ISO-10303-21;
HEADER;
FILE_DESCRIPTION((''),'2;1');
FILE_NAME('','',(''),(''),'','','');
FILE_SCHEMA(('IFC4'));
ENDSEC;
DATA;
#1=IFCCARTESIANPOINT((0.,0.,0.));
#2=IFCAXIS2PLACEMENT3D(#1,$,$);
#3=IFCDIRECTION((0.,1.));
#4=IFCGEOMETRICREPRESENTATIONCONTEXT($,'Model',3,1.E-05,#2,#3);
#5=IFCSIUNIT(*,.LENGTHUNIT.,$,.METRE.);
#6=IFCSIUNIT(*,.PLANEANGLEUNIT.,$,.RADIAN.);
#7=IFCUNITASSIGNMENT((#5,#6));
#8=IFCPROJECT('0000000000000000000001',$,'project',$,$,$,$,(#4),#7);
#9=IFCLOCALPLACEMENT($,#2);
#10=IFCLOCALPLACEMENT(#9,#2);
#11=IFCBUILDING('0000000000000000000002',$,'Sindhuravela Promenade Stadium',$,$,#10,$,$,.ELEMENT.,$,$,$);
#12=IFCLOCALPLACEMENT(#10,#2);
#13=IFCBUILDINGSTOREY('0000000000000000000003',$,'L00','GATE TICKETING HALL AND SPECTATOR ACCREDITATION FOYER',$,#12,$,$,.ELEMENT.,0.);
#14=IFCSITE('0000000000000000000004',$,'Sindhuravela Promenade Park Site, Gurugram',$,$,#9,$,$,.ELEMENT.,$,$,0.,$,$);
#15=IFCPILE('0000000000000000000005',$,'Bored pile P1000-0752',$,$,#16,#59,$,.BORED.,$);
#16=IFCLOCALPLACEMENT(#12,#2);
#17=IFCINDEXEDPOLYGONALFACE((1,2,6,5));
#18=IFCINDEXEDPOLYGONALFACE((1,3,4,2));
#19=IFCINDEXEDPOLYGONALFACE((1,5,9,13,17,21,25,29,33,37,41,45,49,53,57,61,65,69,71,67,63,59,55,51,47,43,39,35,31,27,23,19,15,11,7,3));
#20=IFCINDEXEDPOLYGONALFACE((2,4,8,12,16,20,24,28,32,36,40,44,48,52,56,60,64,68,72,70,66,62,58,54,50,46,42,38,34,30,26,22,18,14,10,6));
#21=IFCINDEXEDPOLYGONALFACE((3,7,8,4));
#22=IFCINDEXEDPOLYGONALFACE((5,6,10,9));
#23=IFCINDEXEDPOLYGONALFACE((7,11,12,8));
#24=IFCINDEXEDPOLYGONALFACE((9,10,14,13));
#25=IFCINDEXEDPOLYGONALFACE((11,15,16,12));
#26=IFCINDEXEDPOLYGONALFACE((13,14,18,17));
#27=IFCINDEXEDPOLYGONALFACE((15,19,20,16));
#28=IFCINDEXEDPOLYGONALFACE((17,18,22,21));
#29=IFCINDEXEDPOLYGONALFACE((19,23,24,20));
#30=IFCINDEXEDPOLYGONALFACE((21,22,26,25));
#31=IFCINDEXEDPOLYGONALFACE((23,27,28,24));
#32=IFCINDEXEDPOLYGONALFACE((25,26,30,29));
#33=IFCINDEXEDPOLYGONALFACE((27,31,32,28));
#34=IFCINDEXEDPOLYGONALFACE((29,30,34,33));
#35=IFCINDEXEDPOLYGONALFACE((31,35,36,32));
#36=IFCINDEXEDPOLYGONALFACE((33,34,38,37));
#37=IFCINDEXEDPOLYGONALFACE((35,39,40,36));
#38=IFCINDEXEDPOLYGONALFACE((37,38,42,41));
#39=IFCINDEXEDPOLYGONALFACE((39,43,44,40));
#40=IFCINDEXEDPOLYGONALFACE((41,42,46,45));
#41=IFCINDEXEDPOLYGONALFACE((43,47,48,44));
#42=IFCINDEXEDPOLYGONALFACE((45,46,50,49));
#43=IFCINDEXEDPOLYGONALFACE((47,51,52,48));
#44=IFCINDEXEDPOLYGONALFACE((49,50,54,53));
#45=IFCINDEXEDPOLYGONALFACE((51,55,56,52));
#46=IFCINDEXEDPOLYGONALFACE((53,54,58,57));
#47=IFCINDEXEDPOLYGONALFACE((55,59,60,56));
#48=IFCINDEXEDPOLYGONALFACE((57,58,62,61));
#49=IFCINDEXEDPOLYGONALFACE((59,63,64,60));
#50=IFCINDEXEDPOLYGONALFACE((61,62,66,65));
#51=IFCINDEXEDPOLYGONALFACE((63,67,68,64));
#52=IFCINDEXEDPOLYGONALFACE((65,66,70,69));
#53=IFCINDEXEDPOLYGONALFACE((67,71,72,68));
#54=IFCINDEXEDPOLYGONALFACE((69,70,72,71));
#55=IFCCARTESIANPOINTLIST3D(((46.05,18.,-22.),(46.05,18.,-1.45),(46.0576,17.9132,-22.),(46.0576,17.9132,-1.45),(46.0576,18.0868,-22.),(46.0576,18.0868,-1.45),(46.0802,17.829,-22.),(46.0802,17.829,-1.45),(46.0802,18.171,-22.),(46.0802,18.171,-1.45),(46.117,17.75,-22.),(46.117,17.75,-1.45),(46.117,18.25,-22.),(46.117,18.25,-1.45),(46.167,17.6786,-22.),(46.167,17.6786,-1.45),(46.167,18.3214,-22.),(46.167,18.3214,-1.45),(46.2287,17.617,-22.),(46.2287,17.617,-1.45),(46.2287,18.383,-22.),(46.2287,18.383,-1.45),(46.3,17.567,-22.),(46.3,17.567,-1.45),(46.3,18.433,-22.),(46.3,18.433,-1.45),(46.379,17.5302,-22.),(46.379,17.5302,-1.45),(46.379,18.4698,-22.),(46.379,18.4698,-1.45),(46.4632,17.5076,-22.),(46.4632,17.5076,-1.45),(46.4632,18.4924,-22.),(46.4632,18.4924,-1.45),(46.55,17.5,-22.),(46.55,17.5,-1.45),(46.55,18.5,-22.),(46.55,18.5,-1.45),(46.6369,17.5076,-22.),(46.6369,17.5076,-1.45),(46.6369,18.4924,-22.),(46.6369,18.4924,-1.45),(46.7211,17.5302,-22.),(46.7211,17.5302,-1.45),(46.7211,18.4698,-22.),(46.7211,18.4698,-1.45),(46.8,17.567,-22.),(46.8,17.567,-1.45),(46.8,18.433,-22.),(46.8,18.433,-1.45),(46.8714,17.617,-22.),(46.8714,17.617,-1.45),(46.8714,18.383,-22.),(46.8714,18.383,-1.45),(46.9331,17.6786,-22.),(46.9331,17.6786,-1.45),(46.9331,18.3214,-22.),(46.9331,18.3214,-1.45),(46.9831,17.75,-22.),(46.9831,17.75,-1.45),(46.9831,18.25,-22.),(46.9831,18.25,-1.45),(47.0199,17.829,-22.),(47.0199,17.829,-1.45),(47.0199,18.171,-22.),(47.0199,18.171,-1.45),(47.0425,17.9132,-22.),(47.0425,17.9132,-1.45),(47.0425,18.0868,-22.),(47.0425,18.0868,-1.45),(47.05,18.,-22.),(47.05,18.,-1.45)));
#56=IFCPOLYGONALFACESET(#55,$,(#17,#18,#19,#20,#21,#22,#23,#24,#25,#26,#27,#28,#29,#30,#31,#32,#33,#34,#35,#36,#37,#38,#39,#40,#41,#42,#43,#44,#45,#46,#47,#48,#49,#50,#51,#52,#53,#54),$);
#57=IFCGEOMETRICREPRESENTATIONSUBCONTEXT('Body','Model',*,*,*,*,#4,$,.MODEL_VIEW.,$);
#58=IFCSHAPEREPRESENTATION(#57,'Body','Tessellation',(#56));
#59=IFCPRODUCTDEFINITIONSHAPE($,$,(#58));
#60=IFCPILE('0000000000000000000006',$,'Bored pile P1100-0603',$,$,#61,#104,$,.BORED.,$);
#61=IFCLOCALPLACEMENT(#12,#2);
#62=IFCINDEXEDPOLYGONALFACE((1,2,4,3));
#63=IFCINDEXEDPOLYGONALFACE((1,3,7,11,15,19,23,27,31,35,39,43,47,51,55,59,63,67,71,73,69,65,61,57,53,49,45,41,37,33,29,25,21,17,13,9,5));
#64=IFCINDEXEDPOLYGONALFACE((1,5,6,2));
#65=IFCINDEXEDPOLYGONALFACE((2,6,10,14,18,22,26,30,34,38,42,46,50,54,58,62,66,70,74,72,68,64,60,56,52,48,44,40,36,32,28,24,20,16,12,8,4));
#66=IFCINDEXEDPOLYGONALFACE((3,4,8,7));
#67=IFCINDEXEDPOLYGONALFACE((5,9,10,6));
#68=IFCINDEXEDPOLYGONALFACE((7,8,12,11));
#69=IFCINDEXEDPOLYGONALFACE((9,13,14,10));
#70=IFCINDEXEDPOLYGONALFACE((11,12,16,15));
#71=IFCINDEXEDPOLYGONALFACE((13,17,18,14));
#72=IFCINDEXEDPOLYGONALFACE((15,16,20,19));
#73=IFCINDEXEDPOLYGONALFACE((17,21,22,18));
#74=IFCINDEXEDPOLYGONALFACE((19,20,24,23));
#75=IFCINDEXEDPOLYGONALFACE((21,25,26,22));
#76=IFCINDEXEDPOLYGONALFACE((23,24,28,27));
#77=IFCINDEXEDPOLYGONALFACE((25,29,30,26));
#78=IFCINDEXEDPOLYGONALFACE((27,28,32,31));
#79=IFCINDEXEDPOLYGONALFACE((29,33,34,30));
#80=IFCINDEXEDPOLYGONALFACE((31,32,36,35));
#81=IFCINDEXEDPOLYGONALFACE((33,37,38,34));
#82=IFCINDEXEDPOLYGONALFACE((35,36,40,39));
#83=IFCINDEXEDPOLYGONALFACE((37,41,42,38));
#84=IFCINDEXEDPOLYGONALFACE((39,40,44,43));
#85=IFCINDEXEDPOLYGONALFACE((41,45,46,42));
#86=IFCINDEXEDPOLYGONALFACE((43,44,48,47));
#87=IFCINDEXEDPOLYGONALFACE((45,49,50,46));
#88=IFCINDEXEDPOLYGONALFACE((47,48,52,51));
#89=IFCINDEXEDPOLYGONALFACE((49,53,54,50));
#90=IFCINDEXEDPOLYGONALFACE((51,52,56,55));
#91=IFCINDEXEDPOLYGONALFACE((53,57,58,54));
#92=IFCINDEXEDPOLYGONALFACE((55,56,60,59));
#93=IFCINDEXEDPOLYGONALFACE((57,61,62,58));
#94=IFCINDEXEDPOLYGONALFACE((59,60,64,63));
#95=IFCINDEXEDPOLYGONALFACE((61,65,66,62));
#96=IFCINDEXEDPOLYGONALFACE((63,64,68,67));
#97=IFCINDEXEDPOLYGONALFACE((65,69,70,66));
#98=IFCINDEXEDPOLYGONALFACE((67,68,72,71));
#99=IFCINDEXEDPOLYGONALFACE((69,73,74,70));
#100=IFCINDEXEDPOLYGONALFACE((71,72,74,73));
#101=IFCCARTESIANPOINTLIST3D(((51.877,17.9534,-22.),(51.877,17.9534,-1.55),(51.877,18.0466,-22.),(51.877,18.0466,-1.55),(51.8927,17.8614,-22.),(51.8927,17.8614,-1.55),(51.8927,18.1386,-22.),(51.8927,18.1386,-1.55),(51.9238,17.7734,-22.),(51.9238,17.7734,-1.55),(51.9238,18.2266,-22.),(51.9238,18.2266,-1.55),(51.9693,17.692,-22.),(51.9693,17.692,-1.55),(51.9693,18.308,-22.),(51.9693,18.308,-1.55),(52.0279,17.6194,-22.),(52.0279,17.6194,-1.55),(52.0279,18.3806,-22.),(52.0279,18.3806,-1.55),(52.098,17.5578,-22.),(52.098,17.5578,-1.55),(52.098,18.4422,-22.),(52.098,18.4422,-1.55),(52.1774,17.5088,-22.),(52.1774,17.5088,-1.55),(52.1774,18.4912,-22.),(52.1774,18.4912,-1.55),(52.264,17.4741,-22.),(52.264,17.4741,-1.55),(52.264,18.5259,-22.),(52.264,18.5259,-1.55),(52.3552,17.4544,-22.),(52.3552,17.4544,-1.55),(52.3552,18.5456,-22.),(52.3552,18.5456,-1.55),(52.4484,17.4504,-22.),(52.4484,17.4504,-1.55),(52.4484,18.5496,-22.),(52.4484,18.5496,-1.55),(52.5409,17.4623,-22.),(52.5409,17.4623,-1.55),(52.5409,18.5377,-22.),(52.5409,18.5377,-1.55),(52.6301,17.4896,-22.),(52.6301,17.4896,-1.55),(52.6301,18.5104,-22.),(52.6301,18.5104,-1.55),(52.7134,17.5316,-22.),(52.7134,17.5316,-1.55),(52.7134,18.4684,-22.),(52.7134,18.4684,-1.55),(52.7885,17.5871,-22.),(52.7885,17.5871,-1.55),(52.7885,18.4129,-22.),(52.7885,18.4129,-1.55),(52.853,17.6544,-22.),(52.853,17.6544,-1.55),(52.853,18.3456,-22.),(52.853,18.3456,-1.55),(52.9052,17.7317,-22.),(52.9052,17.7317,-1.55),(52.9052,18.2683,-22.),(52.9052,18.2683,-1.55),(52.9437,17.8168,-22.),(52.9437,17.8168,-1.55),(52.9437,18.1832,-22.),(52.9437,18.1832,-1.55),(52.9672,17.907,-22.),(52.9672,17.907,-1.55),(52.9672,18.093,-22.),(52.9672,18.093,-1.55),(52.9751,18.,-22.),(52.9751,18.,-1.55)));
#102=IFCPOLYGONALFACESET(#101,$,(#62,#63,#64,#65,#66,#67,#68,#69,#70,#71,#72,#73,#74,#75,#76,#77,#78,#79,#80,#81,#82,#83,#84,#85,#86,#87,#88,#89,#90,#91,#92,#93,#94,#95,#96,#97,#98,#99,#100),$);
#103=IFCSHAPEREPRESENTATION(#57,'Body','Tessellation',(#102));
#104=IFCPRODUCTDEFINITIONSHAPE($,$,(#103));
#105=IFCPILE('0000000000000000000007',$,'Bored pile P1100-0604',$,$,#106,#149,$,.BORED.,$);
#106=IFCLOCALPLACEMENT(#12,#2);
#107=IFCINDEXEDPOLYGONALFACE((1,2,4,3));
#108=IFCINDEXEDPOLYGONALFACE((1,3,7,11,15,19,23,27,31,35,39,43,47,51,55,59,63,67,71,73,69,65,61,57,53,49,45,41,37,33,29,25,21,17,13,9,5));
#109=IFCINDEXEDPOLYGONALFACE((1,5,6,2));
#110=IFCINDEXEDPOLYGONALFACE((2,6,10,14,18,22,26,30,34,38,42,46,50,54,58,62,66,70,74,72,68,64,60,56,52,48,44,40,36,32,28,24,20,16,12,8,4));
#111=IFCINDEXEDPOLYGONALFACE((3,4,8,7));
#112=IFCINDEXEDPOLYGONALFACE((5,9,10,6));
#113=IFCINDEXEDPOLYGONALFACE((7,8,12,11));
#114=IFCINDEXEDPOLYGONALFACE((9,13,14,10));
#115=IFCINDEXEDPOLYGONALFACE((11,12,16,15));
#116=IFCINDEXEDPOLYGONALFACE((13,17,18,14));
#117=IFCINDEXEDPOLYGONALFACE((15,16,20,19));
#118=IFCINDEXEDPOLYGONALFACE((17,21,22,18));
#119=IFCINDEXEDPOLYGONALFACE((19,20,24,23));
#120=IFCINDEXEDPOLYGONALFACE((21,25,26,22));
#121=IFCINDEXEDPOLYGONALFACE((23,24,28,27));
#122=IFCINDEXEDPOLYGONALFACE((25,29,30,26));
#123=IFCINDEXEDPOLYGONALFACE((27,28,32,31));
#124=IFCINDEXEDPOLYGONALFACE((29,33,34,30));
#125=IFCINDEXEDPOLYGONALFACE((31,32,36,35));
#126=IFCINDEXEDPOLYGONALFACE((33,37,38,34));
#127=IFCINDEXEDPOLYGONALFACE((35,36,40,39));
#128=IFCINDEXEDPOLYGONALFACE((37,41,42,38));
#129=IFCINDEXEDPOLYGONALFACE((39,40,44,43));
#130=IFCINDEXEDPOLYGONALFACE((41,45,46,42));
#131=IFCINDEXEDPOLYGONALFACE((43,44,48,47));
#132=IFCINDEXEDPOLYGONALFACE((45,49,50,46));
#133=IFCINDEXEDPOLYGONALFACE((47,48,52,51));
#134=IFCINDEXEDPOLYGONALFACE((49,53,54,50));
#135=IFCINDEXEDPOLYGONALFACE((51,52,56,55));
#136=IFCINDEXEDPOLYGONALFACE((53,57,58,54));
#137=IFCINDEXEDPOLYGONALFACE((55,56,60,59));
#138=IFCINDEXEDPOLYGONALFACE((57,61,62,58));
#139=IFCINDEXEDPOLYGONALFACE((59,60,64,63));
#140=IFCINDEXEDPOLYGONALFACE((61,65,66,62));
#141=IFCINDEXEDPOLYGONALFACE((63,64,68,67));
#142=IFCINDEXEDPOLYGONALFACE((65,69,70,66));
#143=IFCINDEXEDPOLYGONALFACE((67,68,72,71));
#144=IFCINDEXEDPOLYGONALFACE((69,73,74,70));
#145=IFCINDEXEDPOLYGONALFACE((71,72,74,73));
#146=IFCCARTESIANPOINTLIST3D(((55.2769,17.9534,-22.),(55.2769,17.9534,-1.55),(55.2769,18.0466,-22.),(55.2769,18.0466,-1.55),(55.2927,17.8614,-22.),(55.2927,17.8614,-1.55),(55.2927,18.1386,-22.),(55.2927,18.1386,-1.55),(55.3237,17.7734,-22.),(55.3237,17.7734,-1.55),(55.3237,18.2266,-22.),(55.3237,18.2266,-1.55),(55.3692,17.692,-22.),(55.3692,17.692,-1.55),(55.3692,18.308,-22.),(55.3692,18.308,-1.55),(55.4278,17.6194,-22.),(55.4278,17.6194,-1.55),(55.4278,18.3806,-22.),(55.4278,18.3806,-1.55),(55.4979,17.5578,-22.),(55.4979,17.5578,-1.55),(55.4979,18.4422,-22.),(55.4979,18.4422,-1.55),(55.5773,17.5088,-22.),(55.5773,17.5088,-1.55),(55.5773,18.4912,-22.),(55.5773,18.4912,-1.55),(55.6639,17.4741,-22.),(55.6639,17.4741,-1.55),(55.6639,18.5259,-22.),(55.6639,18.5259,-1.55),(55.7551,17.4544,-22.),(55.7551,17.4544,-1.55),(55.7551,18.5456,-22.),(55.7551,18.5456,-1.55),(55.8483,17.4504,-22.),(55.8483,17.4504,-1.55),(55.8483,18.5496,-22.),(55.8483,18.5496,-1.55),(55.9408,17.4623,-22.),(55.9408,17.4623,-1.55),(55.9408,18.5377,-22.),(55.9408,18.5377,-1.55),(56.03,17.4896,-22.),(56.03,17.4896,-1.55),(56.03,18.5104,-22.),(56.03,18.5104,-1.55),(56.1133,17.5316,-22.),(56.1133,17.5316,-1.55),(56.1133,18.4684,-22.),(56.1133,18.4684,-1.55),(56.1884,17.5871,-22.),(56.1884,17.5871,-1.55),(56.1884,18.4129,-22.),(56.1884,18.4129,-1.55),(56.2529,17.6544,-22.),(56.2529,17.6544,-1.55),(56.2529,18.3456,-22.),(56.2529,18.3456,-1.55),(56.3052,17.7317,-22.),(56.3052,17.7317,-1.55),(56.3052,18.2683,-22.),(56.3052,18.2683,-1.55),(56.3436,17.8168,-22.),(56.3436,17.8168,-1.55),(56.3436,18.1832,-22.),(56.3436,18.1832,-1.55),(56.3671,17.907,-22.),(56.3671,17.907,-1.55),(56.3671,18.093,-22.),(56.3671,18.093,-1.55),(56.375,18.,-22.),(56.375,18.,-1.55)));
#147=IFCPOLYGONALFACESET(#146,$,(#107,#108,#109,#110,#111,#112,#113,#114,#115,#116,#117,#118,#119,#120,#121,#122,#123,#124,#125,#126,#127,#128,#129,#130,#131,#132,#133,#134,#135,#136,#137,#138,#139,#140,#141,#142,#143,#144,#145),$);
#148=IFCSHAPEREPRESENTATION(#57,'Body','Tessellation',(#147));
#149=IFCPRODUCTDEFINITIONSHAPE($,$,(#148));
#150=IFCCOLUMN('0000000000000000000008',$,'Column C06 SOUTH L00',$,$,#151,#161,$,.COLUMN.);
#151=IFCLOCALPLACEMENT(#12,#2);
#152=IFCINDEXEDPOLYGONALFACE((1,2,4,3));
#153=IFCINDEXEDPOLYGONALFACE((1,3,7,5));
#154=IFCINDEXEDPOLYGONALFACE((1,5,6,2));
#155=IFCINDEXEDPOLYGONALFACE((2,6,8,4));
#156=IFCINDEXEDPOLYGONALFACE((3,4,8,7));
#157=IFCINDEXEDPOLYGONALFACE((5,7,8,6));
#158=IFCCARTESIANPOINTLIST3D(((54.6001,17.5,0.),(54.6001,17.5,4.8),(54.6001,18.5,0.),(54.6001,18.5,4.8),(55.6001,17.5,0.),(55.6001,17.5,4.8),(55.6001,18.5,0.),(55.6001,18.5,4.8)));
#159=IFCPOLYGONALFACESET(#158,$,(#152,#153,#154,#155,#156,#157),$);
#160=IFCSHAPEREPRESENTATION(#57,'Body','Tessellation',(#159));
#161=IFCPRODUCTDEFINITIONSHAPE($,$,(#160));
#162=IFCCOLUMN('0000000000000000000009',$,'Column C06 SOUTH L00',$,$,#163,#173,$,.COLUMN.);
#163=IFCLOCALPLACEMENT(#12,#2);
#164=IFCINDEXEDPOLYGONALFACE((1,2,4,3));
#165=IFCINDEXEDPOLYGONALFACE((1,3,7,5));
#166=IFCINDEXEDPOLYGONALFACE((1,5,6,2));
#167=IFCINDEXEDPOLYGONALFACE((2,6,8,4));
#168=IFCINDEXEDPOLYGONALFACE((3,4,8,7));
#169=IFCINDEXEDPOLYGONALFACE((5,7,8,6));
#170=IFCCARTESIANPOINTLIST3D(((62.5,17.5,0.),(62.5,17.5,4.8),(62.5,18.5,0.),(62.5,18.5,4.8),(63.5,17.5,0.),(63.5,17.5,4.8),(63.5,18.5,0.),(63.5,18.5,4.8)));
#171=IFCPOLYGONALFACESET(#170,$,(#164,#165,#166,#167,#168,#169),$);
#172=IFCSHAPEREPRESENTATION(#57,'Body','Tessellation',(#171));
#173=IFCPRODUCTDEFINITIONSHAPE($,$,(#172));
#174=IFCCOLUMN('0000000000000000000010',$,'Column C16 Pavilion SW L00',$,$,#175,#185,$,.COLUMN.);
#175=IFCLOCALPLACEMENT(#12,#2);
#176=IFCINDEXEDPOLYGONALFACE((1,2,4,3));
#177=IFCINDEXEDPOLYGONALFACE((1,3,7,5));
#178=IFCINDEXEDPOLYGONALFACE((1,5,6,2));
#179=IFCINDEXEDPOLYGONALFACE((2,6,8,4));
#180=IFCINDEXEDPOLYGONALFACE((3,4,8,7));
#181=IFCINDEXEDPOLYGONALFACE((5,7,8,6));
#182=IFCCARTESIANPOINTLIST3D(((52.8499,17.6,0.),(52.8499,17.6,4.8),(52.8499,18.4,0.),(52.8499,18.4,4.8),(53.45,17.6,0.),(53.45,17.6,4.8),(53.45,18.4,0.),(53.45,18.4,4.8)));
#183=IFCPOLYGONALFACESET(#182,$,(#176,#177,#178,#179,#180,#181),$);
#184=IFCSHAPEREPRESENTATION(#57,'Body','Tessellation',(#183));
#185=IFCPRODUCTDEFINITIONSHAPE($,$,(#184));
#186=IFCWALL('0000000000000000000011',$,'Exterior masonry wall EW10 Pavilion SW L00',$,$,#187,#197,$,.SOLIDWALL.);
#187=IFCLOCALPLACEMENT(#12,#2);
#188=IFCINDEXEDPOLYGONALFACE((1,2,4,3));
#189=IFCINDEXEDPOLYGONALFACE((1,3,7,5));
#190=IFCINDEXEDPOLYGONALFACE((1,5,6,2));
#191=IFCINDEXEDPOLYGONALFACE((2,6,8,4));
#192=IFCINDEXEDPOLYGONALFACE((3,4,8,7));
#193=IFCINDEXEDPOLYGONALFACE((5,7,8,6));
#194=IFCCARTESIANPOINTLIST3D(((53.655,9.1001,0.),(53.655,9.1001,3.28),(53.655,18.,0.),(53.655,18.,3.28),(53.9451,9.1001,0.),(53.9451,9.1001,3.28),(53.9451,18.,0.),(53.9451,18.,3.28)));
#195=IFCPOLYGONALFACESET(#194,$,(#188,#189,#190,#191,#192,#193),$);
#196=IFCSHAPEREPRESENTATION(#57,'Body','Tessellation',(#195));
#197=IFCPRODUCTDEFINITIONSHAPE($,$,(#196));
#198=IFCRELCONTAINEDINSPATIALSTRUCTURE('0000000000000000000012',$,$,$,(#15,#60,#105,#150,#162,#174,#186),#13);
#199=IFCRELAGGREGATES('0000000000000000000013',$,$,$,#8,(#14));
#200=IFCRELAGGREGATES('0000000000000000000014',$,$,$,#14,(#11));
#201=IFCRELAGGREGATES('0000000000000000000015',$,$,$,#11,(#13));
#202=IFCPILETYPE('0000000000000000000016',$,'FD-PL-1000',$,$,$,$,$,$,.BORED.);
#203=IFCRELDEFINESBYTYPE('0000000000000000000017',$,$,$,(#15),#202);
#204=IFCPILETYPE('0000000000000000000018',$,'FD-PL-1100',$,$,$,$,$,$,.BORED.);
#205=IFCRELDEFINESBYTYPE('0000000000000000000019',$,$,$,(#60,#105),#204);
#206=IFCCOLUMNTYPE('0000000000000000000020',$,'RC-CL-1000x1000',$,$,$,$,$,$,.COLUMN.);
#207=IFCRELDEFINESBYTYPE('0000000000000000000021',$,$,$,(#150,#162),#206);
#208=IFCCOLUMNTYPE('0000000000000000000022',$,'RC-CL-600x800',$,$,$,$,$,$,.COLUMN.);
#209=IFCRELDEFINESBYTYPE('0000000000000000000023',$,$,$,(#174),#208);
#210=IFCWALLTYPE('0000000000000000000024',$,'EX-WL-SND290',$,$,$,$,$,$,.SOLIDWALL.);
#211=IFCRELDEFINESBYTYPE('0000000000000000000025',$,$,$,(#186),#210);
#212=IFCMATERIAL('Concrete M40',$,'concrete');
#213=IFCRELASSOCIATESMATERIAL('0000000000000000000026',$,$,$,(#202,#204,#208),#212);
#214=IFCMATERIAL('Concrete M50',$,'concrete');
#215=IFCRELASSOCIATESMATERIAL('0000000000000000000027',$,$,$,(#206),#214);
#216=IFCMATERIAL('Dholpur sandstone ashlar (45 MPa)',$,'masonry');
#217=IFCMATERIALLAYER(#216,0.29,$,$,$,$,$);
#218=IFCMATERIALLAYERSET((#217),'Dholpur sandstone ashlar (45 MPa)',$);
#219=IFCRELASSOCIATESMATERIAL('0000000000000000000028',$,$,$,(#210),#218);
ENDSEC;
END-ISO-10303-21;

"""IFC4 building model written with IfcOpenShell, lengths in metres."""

from ifc_helpers import new_model, si_unit, direction, frame, frame_2d, origin, origin_2d, place, context, subcontext, project, spatial, rectangle, circle, extrude, material, layer, layer_set, material_profile, profile_set, type_object, element, save


model = new_model("IFC4")

# Units and contexts
model_context = context("Model", 3, precision=1e-05, world=origin(), true_north=direction((0.0, 1.0)))
body_context = subcontext(model_context, "Body", "Model", "MODEL_VIEW")
ifc_project = project(units=[si_unit("LENGTHUNIT", "METRE"), si_unit("PLANEANGLEUNIT", "RADIAN")], contexts=[model_context])

# Site, building, storey
site_placement = place(None, origin())
site = spatial("IfcSite", under=ifc_project, at=site_placement, Name="Sindhuravela Promenade Park Site, Gurugram", CompositionType="ELEMENT", RefElevation=0.0)
building_placement = place(site_placement, origin())
building = spatial("IfcBuilding", under=site, at=building_placement, Name="Sindhuravela Promenade Stadium", CompositionType="ELEMENT")
storey_placement = place(building_placement, origin())
storey = spatial("IfcBuildingStorey", under=building, at=storey_placement, Name="L00", Description="GATE TICKETING HALL AND SPECTATOR ACCREDITATION FOYER", CompositionType="ELEMENT", Elevation=0.0)

# Shared definitions
ifc_material_1 = material(Name="Concrete M50", Category="concrete")

# Piles
ifc_material_2 = material(Name="Concrete M40", Category="concrete")
ifc_material_profile_1 = material_profile(ifc_material_2, circle(Radius=0.5, at=origin_2d()), Name="BORED PILE D1000")
ifc_profile_set_1 = profile_set([ifc_material_profile_1], Name="Concrete M40")
pile_type_1 = type_object("IfcPileType", Name="FD-PL-1000", PredefinedType="BORED", material=ifc_profile_set_1)
pile_placement = place(storey_placement, frame((46.55, 18.0, -1.45), z_axis=(0.0, 0.0, -1.0), x_axis=(1.0, 0.0, 0.0)))
element("IfcPile", 1, at=pile_placement, inside=storey, type_object=pile_type_1, Name="Bored pile P1000-0752", PredefinedType="BORED", context=body_context, shape_type="SweptSolid", body=[
    extrude(circle(Radius=0.5, at=origin_2d()), origin(), (0.0, 0.0, 1.0), 20.55),
])
ifc_material_profile_2 = material_profile(ifc_material_2, circle(Radius=0.55, at=origin_2d()), Name="BORED PILE D1100")
ifc_profile_set_2 = profile_set([ifc_material_profile_2], Name="Concrete M40")
pile_type_2 = type_object("IfcPileType", Name="FD-PL-1100", PredefinedType="BORED", material=ifc_profile_set_2)
for number, where, z_axis, x_axis, name in (
    (2, (52.425, 18.0, -1.55), (0.0, 0.0, -1.0), (1.0, 0.0, 0.0), "Bored pile P1100-0603"),
    (3, (55.825, 18.0, -1.55), (0.0, 0.0, -1.0), (1.0, 0.0, 0.0), "Bored pile P1100-0604"),
):
    element("IfcPile", number, at=place(storey_placement, frame(where, z_axis=z_axis, x_axis=x_axis)), inside=storey, type_object=pile_type_2, Name=name, PredefinedType="BORED", context=body_context, shape_type="SweptSolid", body=[
        extrude(circle(Radius=0.55, at=origin_2d()), origin(), (0.0, 0.0, 1.0), 20.45),
    ])

# Columns
ifc_material_profile_3 = material_profile(ifc_material_1, rectangle(XDim=1.0, YDim=1.0, at=origin_2d()), Name="RC 1000x1000")
ifc_profile_set_3 = profile_set([ifc_material_profile_3], Name="Concrete M50")
column_type_1 = type_object("IfcColumnType", Name="RC-CL-1000x1000", PredefinedType="COLUMN", material=ifc_profile_set_3)
for number, where, z_axis, x_axis, name in (
    (4, (55.1001, 18.0, 0.0), (0.0, 0.0, 1.0), (1.0, 0.0, 0.0), "Column C06 SOUTH L00"),
    (5, (63.0, 18.0, 0.0), (0.0, 0.0, 1.0), (1.0, 0.0, 0.0), "Column C06 SOUTH L00"),
):
    element("IfcColumn", number, at=place(storey_placement, frame(where, z_axis=z_axis, x_axis=x_axis)), inside=storey, type_object=column_type_1, Name=name, PredefinedType="COLUMN", context=body_context, shape_type="SweptSolid", body=[
        extrude(rectangle(XDim=1.0, YDim=1.0, at=origin_2d()), origin(), (0.0, 0.0, 1.0), 4.8),
    ])
ifc_material_profile_4 = material_profile(ifc_material_2, rectangle(XDim=0.6001, YDim=0.8, at=origin_2d()), Name="RC 600x800")
ifc_profile_set_4 = profile_set([ifc_material_profile_4], Name="Concrete M40")
column_type_2 = type_object("IfcColumnType", Name="RC-CL-600x800", PredefinedType="COLUMN", material=ifc_profile_set_4)
column_placement = place(storey_placement, frame((53.1499, 18.0, 0.0), z_axis=(0.0, 0.0, 1.0), x_axis=(1.0, 0.0, 0.0)))
element("IfcColumn", 6, at=column_placement, inside=storey, type_object=column_type_2, Name="Column C16 Pavilion SW L00", PredefinedType="COLUMN", context=body_context, shape_type="SweptSolid", body=[
    extrude(rectangle(XDim=0.6001, YDim=0.8, at=origin_2d()), origin(), (0.0, 0.0, 1.0), 4.8),
])

# Wall
ifc_material_3 = material(Name="Dholpur sandstone ashlar (45 MPa)", Category="masonry")
ifc_layer_1 = layer(ifc_material_3, 0.29)
ifc_layer_set_1 = layer_set([ifc_layer_1], Name="Dholpur sandstone ashlar (45 MPa)")
wall_type_1 = type_object("IfcWallType", Name="EX-WL-SND290", PredefinedType="SOLIDWALL", material=ifc_layer_set_1)
wall_1_placement = place(storey_placement, frame((53.8, 18.0, 0.0), z_axis=(0.0, 0.0, 1.0), x_axis=(0.0, -1.0, 0.0)))
element("IfcWall", 7, at=wall_1_placement, inside=storey, type_object=wall_type_1, Name="Exterior masonry wall EW10 Pavilion SW L00", PredefinedType="SOLIDWALL", context=body_context, shape_type="SweptSolid", body=[
    extrude(rectangle(XDim=8.8999, YDim=0.29, at=frame_2d((4.45, 0.0))), origin(), (0.0, 0.0, 1.0), 3.28),
])

save(model, "model.ifc")
